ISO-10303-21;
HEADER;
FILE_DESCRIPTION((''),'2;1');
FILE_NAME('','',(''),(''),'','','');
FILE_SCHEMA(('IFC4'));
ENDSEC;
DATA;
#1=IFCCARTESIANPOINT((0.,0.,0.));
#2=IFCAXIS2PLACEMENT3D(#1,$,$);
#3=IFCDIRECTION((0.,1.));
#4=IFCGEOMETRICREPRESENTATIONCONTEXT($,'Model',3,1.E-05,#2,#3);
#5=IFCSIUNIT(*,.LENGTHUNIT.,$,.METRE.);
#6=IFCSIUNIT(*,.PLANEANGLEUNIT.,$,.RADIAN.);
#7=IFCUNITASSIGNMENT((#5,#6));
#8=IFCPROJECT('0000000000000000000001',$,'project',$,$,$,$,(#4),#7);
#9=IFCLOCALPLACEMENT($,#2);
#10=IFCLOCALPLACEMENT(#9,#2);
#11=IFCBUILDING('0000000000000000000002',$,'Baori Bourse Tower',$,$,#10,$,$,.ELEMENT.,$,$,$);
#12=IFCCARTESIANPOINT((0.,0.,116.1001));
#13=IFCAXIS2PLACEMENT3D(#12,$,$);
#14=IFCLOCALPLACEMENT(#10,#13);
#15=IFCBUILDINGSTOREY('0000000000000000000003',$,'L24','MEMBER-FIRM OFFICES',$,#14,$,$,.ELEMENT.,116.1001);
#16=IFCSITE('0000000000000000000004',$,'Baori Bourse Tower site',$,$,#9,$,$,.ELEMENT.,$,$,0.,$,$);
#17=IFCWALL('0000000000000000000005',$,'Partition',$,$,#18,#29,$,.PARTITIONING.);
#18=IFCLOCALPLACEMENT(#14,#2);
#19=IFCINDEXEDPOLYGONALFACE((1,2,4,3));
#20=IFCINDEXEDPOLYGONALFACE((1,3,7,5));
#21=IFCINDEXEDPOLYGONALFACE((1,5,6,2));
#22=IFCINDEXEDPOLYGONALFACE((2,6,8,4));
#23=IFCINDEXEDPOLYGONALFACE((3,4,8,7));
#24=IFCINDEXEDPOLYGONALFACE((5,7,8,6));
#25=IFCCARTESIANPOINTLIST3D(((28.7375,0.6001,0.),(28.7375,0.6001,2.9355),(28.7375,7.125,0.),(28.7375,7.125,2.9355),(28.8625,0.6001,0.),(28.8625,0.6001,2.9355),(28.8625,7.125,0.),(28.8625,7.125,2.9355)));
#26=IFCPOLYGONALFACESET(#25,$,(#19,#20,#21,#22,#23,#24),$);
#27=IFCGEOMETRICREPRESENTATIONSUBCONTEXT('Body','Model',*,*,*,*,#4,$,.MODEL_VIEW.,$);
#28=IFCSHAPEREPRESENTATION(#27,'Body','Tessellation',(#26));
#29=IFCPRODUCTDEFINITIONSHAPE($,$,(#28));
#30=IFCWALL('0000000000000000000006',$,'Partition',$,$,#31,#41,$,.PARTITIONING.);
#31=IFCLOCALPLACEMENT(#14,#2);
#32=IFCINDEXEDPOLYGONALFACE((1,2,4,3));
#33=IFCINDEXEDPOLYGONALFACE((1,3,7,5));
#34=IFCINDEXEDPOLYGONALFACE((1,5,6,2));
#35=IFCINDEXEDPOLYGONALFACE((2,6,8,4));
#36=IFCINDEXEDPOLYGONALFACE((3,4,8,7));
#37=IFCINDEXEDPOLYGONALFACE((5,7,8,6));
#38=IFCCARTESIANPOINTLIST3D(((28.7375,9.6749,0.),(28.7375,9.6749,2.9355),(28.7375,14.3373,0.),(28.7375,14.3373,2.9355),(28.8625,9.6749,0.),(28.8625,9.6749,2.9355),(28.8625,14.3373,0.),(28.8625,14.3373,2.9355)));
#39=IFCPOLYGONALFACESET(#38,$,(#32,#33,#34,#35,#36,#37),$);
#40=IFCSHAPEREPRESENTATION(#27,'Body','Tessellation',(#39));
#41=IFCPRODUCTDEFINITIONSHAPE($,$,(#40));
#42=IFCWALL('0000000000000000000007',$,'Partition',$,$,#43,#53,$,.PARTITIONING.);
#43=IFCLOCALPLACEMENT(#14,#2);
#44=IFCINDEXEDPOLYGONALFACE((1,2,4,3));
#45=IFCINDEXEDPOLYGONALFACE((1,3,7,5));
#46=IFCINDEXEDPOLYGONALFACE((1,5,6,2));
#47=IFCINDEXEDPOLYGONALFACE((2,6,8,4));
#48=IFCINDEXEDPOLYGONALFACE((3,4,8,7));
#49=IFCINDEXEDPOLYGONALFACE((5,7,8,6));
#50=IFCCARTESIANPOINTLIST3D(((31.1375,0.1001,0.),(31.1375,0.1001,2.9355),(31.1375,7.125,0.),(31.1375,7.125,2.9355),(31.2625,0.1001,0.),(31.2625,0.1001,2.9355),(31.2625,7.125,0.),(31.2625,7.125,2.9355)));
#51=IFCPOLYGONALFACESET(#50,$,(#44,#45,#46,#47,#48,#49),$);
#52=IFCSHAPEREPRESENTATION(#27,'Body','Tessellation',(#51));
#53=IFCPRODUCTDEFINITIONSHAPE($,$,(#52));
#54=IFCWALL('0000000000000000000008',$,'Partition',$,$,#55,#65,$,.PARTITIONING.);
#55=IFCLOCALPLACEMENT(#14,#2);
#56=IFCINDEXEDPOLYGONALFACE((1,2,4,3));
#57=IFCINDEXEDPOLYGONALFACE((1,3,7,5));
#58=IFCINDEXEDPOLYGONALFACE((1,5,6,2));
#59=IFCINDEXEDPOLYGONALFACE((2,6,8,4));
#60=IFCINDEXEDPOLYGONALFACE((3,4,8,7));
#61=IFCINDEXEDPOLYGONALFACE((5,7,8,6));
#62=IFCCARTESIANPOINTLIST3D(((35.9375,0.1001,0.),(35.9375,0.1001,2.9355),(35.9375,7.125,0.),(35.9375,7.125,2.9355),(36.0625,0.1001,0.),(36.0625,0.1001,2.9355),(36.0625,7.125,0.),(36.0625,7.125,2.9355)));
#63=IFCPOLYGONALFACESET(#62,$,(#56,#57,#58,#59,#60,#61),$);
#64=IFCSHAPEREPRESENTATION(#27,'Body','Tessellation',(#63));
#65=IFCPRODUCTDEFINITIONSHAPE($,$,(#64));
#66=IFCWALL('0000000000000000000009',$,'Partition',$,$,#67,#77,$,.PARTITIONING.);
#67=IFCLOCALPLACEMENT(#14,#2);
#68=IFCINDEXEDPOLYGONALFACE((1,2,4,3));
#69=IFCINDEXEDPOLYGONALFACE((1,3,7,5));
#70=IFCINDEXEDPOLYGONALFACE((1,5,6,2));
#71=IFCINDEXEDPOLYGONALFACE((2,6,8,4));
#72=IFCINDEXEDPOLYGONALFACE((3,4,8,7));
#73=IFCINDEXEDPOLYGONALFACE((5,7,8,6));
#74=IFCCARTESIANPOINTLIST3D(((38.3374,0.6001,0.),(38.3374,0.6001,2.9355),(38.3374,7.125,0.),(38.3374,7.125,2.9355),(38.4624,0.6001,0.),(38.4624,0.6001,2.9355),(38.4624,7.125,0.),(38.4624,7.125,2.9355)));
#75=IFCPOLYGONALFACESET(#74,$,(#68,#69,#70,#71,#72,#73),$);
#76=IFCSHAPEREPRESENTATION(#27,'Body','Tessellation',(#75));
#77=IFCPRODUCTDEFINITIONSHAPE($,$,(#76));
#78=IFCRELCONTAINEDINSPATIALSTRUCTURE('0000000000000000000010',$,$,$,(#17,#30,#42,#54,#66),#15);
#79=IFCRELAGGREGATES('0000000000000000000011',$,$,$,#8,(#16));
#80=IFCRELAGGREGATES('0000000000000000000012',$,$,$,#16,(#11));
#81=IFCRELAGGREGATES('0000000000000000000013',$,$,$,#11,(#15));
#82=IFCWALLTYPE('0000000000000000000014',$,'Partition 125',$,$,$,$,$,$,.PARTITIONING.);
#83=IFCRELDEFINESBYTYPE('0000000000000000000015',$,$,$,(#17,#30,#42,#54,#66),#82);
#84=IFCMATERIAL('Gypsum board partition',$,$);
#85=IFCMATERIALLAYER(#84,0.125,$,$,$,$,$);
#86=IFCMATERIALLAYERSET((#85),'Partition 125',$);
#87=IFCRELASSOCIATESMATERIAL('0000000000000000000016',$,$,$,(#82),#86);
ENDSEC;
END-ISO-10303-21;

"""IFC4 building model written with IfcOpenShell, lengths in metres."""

from ifc_helpers import new_model, si_unit, direction, frame, frame_2d, origin, place, context, subcontext, project, spatial, rectangle, extrude, material, layer, layer_set, type_object, element, save


model = new_model("IFC4")

# Units and contexts
model_context = context("Model", 3, precision=1e-05, world=origin(), true_north=direction((0.0, 1.0)))
body_context = subcontext(model_context, "Body", "Model", "MODEL_VIEW")
ifc_project = project(units=[si_unit("LENGTHUNIT", "METRE"), si_unit("PLANEANGLEUNIT", "RADIAN")], contexts=[model_context])

# Site, building, storey
site_placement = place(None, origin())
site = spatial("IfcSite", under=ifc_project, at=site_placement, Name="Baori Bourse Tower site", CompositionType="ELEMENT", RefElevation=0.0)
building_placement = place(site_placement, origin())
building = spatial("IfcBuilding", under=site, at=building_placement, Name="Baori Bourse Tower", CompositionType="ELEMENT")
storey_placement = place(building_placement, frame((0.0, 0.0, 116.1001)))
storey = spatial("IfcBuildingStorey", under=building, at=storey_placement, Name="L24", Description="MEMBER-FIRM OFFICES", CompositionType="ELEMENT", Elevation=116.1001)

# Walls
ifc_material_1 = material(Name="Gypsum board partition")
ifc_layer_1 = layer(ifc_material_1, 0.125)
ifc_layer_set_1 = layer_set([ifc_layer_1], Name="Partition 125")
wall_type_1 = type_object("IfcWallType", Name="Partition 125", PredefinedType="PARTITIONING", material=ifc_layer_set_1)
wall_1_placement = place(storey_placement, frame((28.8, 0.6001, 0.0), z_axis=(0.0, 0.0, 1.0), x_axis=(0.0, 1.0, 0.0)))
element("IfcWall", 1, at=wall_1_placement, inside=storey, type_object=wall_type_1, Name="Partition", PredefinedType="PARTITIONING", context=body_context, shape_type="SweptSolid", body=[
    extrude(rectangle(XDim=6.5249, YDim=0.125, at=frame_2d((3.2625, 0.0))), origin(), (0.0, 0.0, 1.0), 2.9355),
])
wall_2_placement = place(storey_placement, frame((28.8, 9.675, 0.0), z_axis=(0.0, 0.0, 1.0), x_axis=(0.0, 1.0, 0.0)))
element("IfcWall", 2, at=wall_2_placement, inside=storey, type_object=wall_type_1, Name="Partition", PredefinedType="PARTITIONING", context=body_context, shape_type="SweptSolid", body=[
    extrude(rectangle(XDim=4.6624, YDim=0.125, at=frame_2d((2.3311, 0.0))), origin(), (0.0, 0.0, 1.0), 2.9355),
])
for number, where, z_axis, x_axis, name in (
    (3, (31.2, 0.1001, 0.0), (0.0, 0.0, 1.0), (0.0, 1.0, 0.0), "Partition"),
    (4, (36.0, 0.1001, 0.0), (0.0, 0.0, 1.0), (0.0, 1.0, 0.0), "Partition"),
):
    element("IfcWall", number, at=place(storey_placement, frame(where, z_axis=z_axis, x_axis=x_axis)), inside=storey, type_object=wall_type_1, Name=name, PredefinedType="PARTITIONING", context=body_context, shape_type="SweptSolid", body=[
        extrude(rectangle(XDim=7.0249, YDim=0.125, at=frame_2d((3.5125, 0.0))), origin(), (0.0, 0.0, 1.0), 2.9355),
    ])
wall_3_placement = place(storey_placement, frame((38.3999, 0.6001, 0.0), z_axis=(0.0, 0.0, 1.0), x_axis=(0.0, 1.0, 0.0)))
element("IfcWall", 5, at=wall_3_placement, inside=storey, type_object=wall_type_1, Name="Partition", PredefinedType="PARTITIONING", context=body_context, shape_type="SweptSolid", body=[
    extrude(rectangle(XDim=6.5249, YDim=0.125, at=frame_2d((3.2625, 0.0))), origin(), (0.0, 0.0, 1.0), 2.9355),
])

save(model, "model.ifc")
